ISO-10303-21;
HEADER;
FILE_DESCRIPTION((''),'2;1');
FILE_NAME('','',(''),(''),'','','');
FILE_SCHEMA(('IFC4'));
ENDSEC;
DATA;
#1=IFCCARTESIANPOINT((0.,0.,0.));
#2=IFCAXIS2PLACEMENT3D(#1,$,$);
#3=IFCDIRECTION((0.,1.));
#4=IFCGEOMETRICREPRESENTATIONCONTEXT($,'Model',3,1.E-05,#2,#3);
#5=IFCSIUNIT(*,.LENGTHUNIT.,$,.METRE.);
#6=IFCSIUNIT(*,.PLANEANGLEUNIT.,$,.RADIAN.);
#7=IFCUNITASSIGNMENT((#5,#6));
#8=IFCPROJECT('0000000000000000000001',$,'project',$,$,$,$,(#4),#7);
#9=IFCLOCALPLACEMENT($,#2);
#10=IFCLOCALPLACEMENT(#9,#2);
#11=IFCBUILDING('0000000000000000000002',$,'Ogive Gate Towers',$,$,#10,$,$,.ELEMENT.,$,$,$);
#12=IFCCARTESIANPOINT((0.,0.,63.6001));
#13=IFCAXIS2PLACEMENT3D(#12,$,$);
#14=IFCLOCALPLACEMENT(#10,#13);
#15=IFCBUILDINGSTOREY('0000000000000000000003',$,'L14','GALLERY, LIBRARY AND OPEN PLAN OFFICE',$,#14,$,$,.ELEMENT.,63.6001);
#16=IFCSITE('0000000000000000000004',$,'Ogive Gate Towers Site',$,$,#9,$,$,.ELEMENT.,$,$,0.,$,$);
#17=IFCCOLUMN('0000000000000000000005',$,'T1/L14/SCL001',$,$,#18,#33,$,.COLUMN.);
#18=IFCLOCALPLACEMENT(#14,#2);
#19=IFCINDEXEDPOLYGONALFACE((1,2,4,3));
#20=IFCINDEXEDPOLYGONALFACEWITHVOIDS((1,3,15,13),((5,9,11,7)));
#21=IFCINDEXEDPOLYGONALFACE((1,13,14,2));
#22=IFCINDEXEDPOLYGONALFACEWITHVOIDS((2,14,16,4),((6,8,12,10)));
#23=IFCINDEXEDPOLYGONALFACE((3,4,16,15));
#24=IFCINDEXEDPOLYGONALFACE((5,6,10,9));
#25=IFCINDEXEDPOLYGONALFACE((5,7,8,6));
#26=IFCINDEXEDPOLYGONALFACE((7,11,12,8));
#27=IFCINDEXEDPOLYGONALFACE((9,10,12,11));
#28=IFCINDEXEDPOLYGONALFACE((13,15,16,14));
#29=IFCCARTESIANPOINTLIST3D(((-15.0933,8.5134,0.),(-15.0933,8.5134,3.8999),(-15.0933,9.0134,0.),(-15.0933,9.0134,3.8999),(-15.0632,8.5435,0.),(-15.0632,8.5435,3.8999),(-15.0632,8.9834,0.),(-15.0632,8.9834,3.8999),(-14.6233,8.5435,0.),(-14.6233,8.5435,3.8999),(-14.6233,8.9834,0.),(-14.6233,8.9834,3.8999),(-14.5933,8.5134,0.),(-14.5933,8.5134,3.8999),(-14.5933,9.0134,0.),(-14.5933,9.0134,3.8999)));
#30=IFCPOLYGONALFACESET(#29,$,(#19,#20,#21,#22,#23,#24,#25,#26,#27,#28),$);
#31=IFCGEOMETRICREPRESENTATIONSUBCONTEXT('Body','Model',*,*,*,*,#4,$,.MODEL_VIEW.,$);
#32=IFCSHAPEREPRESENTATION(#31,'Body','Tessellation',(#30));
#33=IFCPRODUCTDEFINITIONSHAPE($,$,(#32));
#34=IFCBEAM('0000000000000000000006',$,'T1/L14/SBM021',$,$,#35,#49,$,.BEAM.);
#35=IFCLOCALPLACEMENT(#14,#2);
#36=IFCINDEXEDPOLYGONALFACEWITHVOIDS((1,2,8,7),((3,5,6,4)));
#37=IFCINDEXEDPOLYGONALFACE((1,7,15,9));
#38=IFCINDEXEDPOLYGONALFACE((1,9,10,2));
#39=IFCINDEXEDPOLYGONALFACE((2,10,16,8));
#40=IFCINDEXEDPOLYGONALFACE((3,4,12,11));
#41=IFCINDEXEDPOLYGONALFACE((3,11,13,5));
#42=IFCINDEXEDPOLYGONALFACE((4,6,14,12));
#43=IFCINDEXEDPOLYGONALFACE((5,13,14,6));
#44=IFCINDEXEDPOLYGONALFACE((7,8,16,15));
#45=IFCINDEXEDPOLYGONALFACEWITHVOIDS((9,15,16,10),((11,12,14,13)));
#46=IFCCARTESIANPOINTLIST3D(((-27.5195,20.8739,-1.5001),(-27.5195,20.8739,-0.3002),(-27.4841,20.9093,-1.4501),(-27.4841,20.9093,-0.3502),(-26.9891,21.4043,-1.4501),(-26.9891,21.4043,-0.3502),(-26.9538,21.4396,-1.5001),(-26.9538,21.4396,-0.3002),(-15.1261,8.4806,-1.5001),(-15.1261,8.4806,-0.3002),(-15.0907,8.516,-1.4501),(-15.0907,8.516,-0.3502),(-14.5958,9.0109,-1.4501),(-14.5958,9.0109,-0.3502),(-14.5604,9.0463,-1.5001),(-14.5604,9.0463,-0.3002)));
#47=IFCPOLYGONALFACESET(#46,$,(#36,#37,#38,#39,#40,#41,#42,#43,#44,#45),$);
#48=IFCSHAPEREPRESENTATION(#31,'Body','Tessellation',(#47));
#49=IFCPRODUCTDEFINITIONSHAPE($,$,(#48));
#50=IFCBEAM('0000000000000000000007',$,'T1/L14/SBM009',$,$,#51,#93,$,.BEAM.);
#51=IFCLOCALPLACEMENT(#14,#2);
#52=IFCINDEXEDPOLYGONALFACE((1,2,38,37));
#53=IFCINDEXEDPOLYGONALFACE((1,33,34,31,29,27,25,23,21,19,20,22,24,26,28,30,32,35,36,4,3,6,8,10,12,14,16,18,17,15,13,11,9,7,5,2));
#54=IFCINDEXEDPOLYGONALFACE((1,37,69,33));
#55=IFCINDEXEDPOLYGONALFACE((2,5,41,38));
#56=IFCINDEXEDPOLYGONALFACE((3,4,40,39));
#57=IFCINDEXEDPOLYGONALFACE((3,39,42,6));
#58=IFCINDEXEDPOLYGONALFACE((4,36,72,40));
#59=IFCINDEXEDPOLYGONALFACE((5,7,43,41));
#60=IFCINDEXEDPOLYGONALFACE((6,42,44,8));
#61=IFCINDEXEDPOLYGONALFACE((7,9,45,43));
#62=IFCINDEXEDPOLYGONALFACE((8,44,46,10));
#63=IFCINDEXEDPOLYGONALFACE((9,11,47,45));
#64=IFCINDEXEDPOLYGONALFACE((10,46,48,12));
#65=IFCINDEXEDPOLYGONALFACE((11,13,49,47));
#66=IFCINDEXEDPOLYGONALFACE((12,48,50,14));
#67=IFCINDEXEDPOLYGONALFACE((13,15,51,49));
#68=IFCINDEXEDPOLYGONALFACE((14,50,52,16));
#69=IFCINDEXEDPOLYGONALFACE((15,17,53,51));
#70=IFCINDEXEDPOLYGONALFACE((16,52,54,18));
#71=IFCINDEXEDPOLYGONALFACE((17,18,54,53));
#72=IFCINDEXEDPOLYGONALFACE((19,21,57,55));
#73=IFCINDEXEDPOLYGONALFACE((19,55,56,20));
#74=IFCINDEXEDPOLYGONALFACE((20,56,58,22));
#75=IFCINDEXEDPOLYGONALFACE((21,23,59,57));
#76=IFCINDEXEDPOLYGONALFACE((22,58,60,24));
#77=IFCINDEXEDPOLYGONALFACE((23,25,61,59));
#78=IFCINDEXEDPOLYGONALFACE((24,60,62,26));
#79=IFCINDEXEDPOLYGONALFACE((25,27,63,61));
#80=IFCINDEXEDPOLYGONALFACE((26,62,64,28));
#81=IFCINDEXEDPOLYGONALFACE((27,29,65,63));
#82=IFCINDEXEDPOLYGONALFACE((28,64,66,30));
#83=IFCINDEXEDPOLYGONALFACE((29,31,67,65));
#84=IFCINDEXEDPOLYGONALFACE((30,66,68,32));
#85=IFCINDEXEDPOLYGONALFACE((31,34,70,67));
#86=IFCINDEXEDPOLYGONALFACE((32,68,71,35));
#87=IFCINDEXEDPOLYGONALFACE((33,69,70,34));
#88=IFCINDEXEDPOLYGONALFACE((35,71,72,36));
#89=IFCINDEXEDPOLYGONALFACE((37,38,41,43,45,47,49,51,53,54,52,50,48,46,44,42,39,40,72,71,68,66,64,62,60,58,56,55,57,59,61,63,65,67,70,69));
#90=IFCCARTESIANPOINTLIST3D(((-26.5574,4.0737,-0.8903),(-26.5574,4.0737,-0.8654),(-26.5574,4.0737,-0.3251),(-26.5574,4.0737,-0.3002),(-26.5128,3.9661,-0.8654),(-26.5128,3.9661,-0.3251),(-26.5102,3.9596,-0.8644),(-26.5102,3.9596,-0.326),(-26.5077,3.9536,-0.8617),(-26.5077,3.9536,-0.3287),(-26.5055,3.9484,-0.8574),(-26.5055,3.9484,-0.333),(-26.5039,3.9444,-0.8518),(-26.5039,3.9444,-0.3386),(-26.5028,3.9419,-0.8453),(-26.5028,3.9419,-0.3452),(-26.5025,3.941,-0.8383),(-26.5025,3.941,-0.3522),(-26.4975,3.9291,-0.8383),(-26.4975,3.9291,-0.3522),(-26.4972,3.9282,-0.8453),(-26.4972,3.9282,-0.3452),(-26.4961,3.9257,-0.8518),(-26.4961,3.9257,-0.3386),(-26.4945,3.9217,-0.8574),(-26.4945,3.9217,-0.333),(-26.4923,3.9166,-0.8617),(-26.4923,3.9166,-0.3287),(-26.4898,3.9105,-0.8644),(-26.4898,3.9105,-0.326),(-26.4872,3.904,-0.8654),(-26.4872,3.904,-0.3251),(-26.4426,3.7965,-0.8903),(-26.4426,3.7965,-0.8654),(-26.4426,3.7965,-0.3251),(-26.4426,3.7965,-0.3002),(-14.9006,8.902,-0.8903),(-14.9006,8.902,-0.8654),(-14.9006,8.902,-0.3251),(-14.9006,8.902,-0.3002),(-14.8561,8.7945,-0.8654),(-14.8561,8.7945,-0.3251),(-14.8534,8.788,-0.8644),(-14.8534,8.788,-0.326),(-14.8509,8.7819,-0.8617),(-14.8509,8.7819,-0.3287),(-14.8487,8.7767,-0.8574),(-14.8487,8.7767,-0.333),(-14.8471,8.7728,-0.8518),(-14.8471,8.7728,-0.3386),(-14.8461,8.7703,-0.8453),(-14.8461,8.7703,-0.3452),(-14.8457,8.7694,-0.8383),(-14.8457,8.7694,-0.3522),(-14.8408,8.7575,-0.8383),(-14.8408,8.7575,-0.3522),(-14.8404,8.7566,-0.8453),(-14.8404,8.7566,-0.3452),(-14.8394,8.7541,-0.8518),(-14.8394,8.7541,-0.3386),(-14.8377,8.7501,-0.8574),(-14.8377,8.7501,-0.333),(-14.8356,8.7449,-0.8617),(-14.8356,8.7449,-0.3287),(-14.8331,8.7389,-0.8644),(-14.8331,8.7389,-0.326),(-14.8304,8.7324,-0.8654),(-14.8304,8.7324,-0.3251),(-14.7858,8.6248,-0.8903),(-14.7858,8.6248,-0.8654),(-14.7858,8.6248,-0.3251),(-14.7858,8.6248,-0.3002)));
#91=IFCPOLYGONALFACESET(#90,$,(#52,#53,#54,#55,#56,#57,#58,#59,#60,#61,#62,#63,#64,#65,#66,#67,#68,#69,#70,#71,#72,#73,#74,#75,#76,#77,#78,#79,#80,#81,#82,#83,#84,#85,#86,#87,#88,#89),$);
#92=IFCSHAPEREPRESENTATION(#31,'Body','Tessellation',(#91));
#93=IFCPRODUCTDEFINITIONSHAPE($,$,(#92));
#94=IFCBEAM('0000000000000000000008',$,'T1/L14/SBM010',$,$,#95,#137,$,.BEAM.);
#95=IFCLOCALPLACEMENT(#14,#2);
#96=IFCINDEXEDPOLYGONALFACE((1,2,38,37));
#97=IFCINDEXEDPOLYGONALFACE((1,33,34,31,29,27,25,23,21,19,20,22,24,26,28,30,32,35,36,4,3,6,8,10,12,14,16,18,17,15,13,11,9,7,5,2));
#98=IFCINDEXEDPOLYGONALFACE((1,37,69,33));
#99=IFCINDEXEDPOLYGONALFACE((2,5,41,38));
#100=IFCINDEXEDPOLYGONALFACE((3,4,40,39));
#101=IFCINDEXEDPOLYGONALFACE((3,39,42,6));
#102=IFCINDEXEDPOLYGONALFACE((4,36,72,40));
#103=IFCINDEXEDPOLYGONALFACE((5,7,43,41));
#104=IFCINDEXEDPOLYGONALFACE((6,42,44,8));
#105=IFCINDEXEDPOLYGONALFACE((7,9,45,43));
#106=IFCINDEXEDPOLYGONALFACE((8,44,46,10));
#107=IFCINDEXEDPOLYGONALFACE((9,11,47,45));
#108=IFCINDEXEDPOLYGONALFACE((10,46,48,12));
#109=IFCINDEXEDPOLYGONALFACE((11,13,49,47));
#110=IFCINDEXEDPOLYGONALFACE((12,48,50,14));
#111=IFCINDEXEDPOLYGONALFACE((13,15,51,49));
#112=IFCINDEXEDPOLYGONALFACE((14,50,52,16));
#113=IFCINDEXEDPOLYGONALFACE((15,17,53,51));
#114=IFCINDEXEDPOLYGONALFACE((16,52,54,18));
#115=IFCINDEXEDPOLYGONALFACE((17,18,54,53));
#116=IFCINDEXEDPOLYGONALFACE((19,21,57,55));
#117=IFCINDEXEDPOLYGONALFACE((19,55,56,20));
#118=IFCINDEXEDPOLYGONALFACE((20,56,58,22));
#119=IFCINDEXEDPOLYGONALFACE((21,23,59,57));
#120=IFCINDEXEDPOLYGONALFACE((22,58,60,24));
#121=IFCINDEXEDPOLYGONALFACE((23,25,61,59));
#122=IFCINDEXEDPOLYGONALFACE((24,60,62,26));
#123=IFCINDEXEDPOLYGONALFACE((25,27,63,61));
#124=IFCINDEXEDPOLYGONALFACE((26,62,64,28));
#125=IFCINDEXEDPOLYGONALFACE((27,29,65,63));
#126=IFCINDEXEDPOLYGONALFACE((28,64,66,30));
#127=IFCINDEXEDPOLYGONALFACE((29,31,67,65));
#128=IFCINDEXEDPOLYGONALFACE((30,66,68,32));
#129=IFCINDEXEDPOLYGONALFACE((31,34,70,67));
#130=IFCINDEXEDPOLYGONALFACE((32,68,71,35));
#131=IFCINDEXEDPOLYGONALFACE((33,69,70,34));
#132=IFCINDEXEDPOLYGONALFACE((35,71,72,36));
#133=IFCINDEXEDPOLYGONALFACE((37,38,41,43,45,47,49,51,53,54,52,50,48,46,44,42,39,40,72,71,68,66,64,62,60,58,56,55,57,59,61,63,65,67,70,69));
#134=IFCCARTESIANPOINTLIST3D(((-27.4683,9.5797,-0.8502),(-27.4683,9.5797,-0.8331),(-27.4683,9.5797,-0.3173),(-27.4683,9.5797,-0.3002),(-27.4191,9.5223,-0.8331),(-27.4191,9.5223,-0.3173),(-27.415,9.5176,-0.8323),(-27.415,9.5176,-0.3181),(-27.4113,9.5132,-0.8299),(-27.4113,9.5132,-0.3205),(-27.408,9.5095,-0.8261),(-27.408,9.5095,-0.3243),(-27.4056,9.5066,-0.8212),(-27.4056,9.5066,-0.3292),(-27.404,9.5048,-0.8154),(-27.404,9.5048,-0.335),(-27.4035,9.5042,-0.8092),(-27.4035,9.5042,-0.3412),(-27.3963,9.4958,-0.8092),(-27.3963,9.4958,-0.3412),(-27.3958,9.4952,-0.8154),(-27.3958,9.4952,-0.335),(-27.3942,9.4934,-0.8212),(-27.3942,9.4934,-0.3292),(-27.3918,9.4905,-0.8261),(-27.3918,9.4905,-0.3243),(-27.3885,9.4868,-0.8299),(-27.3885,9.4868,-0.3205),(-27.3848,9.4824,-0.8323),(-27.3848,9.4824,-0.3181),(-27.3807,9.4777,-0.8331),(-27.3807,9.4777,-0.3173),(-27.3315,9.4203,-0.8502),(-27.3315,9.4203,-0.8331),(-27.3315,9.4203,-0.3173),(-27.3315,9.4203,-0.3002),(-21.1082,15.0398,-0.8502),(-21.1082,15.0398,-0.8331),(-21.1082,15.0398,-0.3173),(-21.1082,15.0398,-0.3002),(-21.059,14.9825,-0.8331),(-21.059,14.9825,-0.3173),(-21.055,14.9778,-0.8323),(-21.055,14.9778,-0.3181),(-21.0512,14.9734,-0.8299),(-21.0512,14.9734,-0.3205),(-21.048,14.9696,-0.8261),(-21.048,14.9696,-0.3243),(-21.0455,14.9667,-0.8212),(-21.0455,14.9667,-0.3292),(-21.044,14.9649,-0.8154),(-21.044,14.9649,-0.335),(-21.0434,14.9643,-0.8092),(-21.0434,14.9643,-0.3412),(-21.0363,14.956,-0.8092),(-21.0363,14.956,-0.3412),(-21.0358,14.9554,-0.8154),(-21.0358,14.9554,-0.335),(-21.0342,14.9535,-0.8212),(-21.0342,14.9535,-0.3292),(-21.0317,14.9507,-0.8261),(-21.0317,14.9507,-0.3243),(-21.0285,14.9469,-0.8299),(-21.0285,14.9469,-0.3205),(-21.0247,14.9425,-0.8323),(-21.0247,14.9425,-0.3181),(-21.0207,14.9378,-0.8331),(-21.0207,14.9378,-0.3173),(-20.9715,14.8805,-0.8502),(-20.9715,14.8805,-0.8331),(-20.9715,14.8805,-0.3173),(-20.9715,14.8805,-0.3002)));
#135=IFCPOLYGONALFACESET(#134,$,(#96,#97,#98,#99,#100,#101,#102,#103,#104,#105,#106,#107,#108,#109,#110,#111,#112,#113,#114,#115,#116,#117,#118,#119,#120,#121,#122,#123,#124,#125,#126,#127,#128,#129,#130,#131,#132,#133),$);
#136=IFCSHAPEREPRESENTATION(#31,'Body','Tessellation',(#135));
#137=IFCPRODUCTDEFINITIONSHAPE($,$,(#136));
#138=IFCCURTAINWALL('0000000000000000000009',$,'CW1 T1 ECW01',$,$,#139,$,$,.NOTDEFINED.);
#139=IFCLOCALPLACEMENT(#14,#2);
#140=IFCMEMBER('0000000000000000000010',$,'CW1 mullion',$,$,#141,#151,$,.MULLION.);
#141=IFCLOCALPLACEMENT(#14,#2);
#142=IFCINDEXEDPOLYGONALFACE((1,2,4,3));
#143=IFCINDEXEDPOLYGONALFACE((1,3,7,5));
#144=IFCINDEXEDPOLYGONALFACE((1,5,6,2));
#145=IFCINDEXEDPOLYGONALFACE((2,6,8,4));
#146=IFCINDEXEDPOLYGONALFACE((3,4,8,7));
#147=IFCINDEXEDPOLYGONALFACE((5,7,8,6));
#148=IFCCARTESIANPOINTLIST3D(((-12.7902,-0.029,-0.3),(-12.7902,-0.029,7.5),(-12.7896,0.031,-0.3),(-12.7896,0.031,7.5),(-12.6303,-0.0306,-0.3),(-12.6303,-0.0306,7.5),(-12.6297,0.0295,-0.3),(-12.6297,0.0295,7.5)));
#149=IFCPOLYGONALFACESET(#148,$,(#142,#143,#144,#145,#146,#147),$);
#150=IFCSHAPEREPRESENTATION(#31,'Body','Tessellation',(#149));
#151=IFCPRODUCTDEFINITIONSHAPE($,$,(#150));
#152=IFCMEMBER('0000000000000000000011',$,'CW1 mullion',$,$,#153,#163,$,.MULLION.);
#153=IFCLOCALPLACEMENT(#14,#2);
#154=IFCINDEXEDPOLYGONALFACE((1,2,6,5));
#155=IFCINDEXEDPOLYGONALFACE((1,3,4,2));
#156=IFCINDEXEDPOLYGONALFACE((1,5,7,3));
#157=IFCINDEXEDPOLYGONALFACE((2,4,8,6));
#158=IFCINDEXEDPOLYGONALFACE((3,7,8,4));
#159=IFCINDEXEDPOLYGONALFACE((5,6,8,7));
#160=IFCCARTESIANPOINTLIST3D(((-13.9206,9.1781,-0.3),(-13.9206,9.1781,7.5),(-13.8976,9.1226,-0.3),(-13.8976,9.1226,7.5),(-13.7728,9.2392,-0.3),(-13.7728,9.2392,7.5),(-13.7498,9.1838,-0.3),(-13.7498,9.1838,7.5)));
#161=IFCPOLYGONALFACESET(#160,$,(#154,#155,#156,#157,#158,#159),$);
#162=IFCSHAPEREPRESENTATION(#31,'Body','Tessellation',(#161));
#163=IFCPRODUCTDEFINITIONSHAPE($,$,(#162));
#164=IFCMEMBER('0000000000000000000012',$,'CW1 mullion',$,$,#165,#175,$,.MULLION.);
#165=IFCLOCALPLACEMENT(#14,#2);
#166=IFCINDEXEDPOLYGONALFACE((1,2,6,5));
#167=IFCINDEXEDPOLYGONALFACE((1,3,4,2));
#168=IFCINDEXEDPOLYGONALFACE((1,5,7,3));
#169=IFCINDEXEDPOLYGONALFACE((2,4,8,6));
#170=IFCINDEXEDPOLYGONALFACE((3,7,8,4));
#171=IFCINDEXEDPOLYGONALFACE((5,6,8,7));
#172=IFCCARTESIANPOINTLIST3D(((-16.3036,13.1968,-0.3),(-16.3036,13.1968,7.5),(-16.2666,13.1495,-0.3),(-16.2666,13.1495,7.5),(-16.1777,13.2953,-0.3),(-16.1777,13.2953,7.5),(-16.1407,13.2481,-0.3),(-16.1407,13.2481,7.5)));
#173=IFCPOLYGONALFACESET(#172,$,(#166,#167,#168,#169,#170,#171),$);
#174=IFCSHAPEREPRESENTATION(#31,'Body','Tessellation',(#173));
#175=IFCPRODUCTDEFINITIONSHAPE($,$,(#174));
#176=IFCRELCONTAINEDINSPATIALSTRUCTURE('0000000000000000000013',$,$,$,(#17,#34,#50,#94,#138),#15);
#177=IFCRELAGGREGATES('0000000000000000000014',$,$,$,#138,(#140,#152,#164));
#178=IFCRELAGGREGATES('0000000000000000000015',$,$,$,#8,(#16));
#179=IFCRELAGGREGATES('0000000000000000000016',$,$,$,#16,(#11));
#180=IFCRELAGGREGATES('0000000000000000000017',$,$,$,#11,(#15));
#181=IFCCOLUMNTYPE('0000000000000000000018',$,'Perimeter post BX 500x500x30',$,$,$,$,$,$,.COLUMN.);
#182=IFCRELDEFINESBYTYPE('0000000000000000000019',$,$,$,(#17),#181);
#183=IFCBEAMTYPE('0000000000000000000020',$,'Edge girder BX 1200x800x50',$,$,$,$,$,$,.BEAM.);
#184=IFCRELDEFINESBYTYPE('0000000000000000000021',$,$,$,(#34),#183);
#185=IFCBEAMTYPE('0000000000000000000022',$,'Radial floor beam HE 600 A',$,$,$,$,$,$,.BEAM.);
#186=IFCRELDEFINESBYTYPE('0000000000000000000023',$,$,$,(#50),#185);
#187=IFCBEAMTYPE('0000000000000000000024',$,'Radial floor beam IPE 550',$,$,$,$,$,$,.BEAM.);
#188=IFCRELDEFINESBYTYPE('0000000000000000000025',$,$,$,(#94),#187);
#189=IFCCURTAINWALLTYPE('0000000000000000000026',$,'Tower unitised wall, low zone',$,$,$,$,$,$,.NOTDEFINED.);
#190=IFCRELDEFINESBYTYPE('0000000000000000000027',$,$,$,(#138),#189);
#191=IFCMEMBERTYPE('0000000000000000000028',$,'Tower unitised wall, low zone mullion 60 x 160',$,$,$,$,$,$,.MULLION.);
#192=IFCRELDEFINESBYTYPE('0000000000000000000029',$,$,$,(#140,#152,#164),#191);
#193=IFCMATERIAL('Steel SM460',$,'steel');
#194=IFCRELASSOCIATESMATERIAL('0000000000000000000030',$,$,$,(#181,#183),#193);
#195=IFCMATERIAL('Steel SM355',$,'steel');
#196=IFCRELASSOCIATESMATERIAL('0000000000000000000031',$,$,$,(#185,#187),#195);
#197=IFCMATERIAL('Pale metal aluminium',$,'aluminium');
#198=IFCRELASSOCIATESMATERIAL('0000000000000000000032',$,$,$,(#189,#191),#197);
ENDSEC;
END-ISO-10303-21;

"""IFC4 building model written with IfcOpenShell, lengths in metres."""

from ifc_helpers import new_model, si_unit, direction, frame, origin, origin_2d, place, context, subcontext, project, spatial, rectangle, hollow_rectangle, i_section, extrude, material, material_profile, profile_set, type_object, element, aggregate, save


model = new_model("IFC4")

# Units and contexts
model_context = context("Model", 3, precision=1e-05, world=origin(), true_north=direction((0.0, 1.0)))
body_context = subcontext(model_context, "Body", "Model", "MODEL_VIEW")
ifc_project = project(units=[si_unit("LENGTHUNIT", "METRE"), si_unit("PLANEANGLEUNIT", "RADIAN")], contexts=[model_context])

# Site, building, storey
site_placement = place(None, origin())
site = spatial("IfcSite", under=ifc_project, at=site_placement, Name="Ogive Gate Towers Site", CompositionType="ELEMENT", RefElevation=0.0)
building_placement = place(site_placement, origin())
building = spatial("IfcBuilding", under=site, at=building_placement, Name="Ogive Gate Towers", CompositionType="ELEMENT")
storey_placement = place(building_placement, frame((0.0, 0.0, 63.6001)))
storey = spatial("IfcBuildingStorey", under=building, at=storey_placement, Name="L14", Description="GALLERY, LIBRARY AND OPEN PLAN OFFICE", CompositionType="ELEMENT", Elevation=63.6001)

# Column
ifc_material_1 = material(Name="Steel SM460", Category="steel")
ifc_material_profile_1 = material_profile(ifc_material_1, hollow_rectangle(XDim=0.5, YDim=0.5, WallThickness=0.03, at=origin_2d()), Name="BX 500x500x30")
ifc_profile_set_1 = profile_set([ifc_material_profile_1], Name="Steel SM460")
column_type = type_object("IfcColumnType", Name="Perimeter post BX 500x500x30", PredefinedType="COLUMN", material=ifc_profile_set_1)
column_placement = place(storey_placement, frame((-14.8433, 8.7634, 0.0), z_axis=(0.0, 0.0, 1.0), x_axis=(1.0, 0.0, 0.0)))
element("IfcColumn", 1, at=column_placement, inside=storey, type_object=column_type, Name="T1/L14/SCL001", PredefinedType="COLUMN", context=body_context, shape_type="SweptSolid", body=[
    extrude(hollow_rectangle(XDim=0.5, YDim=0.5, WallThickness=0.03, at=origin_2d()), origin(), (0.0, 0.0, 1.0), 3.8999),
])

# Beams
ifc_material_profile_2 = material_profile(ifc_material_1, hollow_rectangle(XDim=0.8, YDim=1.2, WallThickness=0.05, at=origin_2d()), Name="BX 1200x800x50")
ifc_profile_set_2 = profile_set([ifc_material_profile_2], Name="Steel SM460")
beam_type_1 = type_object("IfcBeamType", Name="Edge girder BX 1200x800x50", PredefinedType="BEAM", material=ifc_profile_set_2)
beam_1_placement = place(storey_placement, frame((-14.8433, 8.7634, -0.9001), z_axis=(-0.707107, 0.707107, 0.0), x_axis=(-0.707107, -0.707107, 0.0)))
element("IfcBeam", 2, at=beam_1_placement, inside=storey, type_object=beam_type_1, Name="T1/L14/SBM021", PredefinedType="BEAM", context=body_context, shape_type="SweptSolid", body=[
    extrude(hollow_rectangle(XDim=0.8, YDim=1.2, WallThickness=0.05, at=origin_2d()), origin(), (0.0, 0.0, 1.0), 17.5269),
])
ifc_material_2 = material(Name="Steel SM355", Category="steel")
ifc_material_profile_3 = material_profile(ifc_material_2, i_section(OverallWidth=0.3, OverallDepth=0.5901, WebThickness=0.0129, FlangeThickness=0.0249, FilletRadius=0.0271, at=origin_2d()), Name="HE 600 A")
ifc_profile_set_3 = profile_set([ifc_material_profile_3], Name="Steel SM355")
beam_type_2 = type_object("IfcBeamType", Name="Radial floor beam HE 600 A", PredefinedType="BEAM", material=ifc_profile_set_3)
beam_2_placement = place(storey_placement, frame((-26.5, 3.9351, -0.5952), z_axis=(0.92388, 0.382683, 0.0), x_axis=(-0.382683, 0.92388, 0.0)))
element("IfcBeam", 3, at=beam_2_placement, inside=storey, type_object=beam_type_2, Name="T1/L14/SBM009", PredefinedType="BEAM", context=body_context, shape_type="SweptSolid", body=[
    extrude(i_section(OverallWidth=0.3, OverallDepth=0.5901, WebThickness=0.0129, FlangeThickness=0.0249, FilletRadius=0.0271, at=origin_2d()), origin(), (0.0, 0.0, 1.0), 12.6172),
])
ifc_material_profile_4 = material_profile(ifc_material_2, i_section(OverallWidth=0.21, OverallDepth=0.55, WebThickness=0.011, FlangeThickness=0.0171, FilletRadius=0.0239, at=origin_2d()), Name="IPE 550")
ifc_profile_set_4 = profile_set([ifc_material_profile_4], Name="Steel SM355")
beam_type_3 = type_object("IfcBeamType", Name="Radial floor beam IPE 550", PredefinedType="BEAM", material=ifc_profile_set_4)
beam_3_placement = place(storey_placement, frame((-27.3999, 9.5, -0.5752), z_axis=(0.758744, 0.651388, 0.0), x_axis=(-0.651388, 0.758744, 0.0)))
element("IfcBeam", 4, at=beam_3_placement, inside=storey, type_object=beam_type_3, Name="T1/L14/SBM010", PredefinedType="BEAM", context=body_context, shape_type="SweptSolid", body=[
    extrude(i_section(OverallWidth=0.21, OverallDepth=0.55, WebThickness=0.011, FlangeThickness=0.0171, FilletRadius=0.0239, at=origin_2d()), origin(), (0.0, 0.0, 1.0), 8.3823),
])

# Curtain wall, members
ifc_material_3 = material(Name="Pale metal aluminium", Category="aluminium")
curtain_wall_type = type_object("IfcCurtainWallType", Name="Tower unitised wall, low zone", PredefinedType="NOTDEFINED", material=ifc_material_3)
curtain_wall_placement = place(storey_placement, origin())
curtain_wall = element("IfcCurtainWall", 5, at=curtain_wall_placement, inside=storey, type_object=curtain_wall_type, Name="CW1 T1 ECW01", PredefinedType="NOTDEFINED")
ifc_material_profile_5 = material_profile(ifc_material_3, rectangle(XDim=0.1599, YDim=0.0601, at=origin_2d()), Name="60 x 160 aluminium box")
ifc_profile_set_5 = profile_set([ifc_material_profile_5], Name="Pale metal aluminium")
member_type_1 = type_object("IfcMemberType", Name="Tower unitised wall, low zone mullion 60 x 160", PredefinedType="MULLION", material=ifc_profile_set_5)
member_1_placement = place(storey_placement, frame((-12.71, 0.0002, -0.3), z_axis=(0.0, 0.0, 1.0), x_axis=(0.999954, -0.009599, 0.0)))
member_1 = element("IfcMember", 6, at=member_1_placement, type_object=member_type_1, Name="CW1 mullion", PredefinedType="MULLION", context=body_context, shape_type="SweptSolid", body=[
    extrude(rectangle(XDim=0.1599, YDim=0.0601, at=origin_2d()), origin(), (0.0, 0.0, 1.0), 7.8),
])
member_2_placement = place(storey_placement, frame((-13.8352, 9.1809, -0.3), z_axis=(0.0, 0.0, 1.0), x_axis=(0.92388, 0.382683, 0.0)))
member_2 = element("IfcMember", 7, at=member_2_placement, type_object=member_type_1, Name="CW1 mullion", PredefinedType="MULLION", context=body_context, shape_type="SweptSolid", body=[
    extrude(rectangle(XDim=0.1599, YDim=0.0601, at=origin_2d()), origin(), (0.0, 0.0, 1.0), 7.8),
])
member_3_placement = place(storey_placement, frame((-16.2222, 13.2224, -0.3), z_axis=(0.0, 0.0, 1.0), x_axis=(0.787387, 0.616459, 0.0)))
member_3 = element("IfcMember", 8, at=member_3_placement, type_object=member_type_1, Name="CW1 mullion", PredefinedType="MULLION", context=body_context, shape_type="SweptSolid", body=[
    extrude(rectangle(XDim=0.1599, YDim=0.0601, at=origin_2d()), origin(), (0.0, 0.0, 1.0), 7.8),
])
aggregate(curtain_wall, [member_1, member_2, member_3])

save(model, "model.ifc")
